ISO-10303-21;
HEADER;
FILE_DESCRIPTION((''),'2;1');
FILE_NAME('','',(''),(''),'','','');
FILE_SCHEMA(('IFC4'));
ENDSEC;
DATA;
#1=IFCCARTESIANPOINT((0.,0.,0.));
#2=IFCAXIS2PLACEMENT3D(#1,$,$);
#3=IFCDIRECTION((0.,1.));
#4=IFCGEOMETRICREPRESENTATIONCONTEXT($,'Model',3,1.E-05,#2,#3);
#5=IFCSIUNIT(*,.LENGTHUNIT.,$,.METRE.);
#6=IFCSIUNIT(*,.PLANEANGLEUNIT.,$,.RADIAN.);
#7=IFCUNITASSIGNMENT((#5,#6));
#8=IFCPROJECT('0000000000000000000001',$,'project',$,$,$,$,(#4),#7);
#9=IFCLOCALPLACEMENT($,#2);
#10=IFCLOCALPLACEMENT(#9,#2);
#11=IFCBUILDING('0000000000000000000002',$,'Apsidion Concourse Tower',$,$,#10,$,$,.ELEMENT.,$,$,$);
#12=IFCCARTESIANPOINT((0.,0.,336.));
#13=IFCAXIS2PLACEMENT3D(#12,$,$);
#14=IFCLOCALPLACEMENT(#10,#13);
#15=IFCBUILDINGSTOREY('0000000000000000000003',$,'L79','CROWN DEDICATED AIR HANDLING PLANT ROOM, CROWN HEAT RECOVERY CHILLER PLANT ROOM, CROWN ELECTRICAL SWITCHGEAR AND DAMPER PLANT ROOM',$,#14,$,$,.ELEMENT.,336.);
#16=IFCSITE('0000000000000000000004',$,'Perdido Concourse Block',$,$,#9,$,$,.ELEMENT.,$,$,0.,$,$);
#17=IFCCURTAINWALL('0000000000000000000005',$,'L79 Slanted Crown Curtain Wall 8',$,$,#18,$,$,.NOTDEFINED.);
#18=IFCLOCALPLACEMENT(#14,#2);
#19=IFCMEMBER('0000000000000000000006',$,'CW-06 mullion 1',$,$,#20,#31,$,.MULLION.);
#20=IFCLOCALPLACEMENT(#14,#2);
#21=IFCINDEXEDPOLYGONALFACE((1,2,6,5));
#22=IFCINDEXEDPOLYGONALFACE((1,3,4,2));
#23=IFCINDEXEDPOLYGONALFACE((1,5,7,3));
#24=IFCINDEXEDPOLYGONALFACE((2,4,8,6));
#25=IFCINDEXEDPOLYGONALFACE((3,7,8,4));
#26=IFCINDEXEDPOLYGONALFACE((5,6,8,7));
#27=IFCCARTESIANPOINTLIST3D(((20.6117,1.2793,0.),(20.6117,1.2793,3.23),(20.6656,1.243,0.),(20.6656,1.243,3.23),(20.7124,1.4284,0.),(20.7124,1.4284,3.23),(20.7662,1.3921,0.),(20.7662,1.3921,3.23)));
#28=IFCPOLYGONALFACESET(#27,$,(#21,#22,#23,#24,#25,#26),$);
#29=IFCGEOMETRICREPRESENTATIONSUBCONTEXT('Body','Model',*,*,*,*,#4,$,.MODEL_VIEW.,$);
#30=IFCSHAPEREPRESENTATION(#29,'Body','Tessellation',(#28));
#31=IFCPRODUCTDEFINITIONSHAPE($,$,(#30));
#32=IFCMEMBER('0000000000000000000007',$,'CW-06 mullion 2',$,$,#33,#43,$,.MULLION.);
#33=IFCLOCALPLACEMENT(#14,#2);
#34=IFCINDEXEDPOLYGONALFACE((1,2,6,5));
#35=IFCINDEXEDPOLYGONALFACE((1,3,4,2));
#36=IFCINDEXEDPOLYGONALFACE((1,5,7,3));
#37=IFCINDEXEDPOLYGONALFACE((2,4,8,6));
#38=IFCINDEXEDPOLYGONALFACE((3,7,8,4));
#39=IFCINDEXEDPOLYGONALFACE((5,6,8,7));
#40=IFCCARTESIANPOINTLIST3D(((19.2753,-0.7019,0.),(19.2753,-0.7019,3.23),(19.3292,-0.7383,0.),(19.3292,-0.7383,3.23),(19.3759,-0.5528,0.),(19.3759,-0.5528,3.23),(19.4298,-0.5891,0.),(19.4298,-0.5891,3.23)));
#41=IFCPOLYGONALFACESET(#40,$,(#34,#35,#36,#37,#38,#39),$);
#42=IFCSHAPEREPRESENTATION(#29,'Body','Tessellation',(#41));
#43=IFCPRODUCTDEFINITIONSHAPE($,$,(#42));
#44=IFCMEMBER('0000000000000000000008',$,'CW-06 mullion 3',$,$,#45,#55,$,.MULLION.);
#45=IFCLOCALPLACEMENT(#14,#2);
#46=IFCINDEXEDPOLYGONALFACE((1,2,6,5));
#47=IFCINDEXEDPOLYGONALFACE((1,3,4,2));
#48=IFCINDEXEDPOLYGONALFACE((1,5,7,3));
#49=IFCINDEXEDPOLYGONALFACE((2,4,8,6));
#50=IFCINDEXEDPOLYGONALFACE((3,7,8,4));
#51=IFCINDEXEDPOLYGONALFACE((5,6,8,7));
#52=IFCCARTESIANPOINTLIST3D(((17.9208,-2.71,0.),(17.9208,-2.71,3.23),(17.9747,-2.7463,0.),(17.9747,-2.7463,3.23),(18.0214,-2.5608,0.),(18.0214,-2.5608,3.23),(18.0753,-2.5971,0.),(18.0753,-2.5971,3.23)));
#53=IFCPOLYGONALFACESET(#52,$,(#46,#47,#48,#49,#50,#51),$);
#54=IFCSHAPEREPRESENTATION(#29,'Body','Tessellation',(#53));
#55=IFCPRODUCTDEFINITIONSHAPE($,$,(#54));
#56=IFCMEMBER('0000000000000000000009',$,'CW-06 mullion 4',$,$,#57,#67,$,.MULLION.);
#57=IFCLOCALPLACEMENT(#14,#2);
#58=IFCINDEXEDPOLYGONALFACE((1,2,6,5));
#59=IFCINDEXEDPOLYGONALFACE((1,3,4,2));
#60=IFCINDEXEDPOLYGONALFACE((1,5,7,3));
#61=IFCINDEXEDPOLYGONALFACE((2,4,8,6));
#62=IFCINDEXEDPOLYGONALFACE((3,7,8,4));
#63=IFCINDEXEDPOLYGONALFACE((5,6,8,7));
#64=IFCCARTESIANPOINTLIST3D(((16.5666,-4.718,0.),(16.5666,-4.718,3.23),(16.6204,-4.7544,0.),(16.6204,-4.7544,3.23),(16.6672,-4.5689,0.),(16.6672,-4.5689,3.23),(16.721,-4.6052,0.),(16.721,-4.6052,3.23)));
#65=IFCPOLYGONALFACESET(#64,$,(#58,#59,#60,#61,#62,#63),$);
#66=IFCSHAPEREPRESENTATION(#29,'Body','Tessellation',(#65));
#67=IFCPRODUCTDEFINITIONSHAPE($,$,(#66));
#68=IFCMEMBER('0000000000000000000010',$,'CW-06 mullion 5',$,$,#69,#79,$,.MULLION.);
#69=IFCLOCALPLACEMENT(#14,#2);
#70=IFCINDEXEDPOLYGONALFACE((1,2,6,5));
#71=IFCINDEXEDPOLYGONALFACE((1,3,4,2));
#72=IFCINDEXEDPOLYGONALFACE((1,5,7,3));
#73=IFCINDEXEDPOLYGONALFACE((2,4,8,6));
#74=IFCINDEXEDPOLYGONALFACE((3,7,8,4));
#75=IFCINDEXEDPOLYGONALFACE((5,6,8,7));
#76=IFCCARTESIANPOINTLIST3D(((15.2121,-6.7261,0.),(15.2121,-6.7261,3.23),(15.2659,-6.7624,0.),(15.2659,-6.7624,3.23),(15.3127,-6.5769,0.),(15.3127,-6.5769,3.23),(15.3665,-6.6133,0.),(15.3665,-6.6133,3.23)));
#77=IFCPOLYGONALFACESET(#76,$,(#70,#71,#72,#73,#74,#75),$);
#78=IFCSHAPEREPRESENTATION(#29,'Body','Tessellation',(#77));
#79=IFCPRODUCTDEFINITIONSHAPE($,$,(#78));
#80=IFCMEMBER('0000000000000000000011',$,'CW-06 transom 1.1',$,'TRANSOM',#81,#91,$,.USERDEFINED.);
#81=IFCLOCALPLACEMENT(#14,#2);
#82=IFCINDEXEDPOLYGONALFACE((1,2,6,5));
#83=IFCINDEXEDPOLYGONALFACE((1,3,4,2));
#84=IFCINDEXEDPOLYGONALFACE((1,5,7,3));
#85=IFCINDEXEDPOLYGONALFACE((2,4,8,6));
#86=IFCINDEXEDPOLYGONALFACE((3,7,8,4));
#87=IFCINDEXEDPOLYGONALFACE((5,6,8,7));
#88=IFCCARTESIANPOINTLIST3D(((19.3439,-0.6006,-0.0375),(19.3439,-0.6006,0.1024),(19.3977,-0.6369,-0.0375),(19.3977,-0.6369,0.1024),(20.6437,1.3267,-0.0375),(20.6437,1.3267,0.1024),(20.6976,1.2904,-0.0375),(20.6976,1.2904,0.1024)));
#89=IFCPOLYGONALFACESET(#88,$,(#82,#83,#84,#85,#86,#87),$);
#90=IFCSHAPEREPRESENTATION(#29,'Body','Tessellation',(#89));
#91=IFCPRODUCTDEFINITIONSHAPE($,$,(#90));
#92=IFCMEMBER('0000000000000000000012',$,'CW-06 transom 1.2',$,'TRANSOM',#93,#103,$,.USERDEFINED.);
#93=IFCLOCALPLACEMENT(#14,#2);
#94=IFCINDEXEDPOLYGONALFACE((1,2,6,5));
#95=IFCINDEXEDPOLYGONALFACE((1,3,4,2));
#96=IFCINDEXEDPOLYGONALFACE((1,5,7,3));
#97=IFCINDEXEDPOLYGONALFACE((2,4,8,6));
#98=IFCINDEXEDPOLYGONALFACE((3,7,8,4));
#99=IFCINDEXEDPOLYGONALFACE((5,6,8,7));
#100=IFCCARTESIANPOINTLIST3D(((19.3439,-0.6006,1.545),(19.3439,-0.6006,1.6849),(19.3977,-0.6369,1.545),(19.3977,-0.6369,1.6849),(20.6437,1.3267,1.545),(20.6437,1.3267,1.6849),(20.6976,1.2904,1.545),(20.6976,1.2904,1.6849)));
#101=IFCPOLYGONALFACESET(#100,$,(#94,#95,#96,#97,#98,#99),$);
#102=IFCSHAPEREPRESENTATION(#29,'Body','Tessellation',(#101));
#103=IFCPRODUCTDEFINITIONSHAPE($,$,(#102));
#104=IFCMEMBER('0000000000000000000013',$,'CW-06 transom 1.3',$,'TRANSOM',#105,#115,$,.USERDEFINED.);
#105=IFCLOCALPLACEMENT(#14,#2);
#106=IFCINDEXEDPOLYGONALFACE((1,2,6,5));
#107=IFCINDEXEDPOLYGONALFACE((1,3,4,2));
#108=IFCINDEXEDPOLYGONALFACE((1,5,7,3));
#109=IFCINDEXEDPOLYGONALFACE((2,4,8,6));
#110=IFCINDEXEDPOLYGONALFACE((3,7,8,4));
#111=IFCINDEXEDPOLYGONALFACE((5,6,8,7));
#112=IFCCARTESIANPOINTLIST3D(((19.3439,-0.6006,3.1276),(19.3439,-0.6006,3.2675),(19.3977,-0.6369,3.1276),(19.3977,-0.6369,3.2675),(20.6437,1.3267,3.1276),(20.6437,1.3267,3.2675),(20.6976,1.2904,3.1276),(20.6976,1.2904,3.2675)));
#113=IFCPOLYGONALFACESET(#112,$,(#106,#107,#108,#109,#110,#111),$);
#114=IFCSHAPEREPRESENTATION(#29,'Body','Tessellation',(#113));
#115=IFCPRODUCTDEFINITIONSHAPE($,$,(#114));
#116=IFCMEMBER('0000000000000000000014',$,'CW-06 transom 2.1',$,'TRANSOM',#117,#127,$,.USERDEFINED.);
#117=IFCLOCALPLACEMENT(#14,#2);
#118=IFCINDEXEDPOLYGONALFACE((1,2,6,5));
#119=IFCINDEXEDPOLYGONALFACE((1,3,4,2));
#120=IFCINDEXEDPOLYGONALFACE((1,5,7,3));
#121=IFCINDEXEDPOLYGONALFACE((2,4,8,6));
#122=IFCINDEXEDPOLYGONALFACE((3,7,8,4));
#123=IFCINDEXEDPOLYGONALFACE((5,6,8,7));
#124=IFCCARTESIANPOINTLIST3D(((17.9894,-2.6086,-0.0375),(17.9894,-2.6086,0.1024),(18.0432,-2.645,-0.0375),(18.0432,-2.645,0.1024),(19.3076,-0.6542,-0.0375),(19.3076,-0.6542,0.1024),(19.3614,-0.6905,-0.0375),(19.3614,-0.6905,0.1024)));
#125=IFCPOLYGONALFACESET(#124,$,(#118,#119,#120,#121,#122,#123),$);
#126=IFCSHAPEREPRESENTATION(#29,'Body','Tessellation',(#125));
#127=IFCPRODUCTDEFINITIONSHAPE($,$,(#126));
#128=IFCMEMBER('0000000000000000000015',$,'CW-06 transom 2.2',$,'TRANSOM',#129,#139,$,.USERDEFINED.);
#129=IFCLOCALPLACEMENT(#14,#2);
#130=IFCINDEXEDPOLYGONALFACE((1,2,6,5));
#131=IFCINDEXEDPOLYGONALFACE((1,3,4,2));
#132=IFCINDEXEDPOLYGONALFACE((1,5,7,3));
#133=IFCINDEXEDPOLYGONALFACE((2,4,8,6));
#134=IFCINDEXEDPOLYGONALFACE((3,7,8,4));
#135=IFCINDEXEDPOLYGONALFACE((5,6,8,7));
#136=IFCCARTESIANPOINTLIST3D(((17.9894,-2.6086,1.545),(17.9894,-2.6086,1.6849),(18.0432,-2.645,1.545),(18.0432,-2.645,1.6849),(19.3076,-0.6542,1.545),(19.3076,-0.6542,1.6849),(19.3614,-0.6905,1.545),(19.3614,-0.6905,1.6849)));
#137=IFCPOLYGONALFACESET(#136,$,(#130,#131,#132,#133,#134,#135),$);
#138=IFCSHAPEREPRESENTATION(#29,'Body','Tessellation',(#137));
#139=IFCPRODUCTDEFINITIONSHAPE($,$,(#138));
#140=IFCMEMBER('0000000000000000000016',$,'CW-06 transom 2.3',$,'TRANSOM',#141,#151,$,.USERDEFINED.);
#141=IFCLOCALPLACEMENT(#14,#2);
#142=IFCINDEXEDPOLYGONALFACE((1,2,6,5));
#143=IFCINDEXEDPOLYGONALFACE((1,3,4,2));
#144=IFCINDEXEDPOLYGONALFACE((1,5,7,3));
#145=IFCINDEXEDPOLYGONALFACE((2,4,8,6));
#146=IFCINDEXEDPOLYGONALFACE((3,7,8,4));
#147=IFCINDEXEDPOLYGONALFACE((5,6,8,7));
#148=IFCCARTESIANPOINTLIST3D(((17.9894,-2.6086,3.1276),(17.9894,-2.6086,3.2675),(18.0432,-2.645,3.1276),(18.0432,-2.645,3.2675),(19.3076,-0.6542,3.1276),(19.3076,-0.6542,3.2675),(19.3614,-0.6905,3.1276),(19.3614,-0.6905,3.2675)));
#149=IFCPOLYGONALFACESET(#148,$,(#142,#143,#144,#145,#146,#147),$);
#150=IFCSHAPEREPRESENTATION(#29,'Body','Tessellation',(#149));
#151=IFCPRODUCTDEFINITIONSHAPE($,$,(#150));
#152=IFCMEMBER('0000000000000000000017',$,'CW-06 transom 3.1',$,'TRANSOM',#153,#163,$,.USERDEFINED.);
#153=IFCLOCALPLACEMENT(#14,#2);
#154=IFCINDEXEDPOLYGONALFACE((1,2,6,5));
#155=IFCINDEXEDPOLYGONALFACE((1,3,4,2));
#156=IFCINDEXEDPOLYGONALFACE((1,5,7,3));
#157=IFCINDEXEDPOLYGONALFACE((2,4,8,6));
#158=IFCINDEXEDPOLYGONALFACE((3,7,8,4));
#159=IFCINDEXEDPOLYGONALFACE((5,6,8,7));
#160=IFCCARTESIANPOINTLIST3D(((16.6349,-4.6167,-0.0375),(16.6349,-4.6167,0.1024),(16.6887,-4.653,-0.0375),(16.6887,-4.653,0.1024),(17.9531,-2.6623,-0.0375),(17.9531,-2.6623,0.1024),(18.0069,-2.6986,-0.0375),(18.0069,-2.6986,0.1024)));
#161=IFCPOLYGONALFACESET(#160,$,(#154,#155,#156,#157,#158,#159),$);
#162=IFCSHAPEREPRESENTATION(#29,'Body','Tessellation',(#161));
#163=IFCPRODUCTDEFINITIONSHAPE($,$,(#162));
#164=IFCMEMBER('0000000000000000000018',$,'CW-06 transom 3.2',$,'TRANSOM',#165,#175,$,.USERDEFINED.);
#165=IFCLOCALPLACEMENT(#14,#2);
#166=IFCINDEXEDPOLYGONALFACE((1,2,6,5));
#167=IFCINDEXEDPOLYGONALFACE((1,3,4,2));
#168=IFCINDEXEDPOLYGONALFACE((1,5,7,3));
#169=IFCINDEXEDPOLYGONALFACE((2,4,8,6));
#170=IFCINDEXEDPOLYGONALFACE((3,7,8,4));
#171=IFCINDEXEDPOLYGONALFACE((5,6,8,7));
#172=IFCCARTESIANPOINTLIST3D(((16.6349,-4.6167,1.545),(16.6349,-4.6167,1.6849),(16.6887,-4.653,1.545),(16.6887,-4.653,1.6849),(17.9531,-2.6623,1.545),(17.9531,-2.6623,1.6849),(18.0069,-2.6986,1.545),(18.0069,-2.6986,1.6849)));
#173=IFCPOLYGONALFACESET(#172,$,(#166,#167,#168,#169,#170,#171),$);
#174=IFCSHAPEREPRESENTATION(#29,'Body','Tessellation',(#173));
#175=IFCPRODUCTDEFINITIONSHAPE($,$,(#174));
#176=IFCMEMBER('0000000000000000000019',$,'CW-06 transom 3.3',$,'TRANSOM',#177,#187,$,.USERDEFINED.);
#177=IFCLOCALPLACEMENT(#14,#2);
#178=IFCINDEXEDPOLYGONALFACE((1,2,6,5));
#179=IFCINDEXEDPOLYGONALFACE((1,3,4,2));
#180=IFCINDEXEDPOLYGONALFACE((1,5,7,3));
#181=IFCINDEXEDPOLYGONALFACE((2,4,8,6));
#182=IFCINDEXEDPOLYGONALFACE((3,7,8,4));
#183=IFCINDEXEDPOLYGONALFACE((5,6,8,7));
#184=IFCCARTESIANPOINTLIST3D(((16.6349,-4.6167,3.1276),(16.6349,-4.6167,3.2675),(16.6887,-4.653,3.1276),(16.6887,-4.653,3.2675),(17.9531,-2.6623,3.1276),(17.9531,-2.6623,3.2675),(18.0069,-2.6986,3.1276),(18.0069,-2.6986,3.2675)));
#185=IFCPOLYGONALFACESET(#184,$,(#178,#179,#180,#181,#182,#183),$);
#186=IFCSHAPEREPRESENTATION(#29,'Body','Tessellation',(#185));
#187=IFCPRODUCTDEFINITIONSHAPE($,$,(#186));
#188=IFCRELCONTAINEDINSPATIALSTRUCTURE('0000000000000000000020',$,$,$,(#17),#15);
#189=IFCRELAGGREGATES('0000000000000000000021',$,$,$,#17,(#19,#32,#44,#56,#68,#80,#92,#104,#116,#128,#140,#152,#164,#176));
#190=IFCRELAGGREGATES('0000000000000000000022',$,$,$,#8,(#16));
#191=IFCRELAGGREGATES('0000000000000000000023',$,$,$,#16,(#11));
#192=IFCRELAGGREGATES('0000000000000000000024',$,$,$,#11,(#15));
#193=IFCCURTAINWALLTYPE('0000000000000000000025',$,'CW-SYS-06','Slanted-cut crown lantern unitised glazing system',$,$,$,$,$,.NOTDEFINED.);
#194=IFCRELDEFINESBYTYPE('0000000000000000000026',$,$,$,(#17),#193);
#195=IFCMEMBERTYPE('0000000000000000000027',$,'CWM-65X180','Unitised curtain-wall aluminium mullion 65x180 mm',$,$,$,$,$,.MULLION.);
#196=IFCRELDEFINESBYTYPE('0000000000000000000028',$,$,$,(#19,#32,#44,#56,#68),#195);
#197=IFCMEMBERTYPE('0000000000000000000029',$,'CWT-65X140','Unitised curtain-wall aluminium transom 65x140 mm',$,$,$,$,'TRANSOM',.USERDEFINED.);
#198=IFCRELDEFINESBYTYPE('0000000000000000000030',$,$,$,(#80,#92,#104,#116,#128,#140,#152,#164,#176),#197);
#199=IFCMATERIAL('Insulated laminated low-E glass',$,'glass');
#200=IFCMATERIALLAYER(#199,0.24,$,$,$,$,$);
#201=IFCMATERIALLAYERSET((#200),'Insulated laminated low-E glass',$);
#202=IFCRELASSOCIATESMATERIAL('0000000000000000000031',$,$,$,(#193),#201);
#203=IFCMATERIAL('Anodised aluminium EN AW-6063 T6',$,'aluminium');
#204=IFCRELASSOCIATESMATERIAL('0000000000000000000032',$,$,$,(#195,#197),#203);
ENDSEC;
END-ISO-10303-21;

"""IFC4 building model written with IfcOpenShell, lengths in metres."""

from ifc_helpers import new_model, si_unit, direction, frame, origin, origin_2d, place, context, subcontext, project, spatial, rectangle, extrude, material, layer, layer_set, material_profile, profile_set, type_object, element, aggregate, save


model = new_model("IFC4")

# Units and contexts
model_context = context("Model", 3, precision=1e-05, world=origin(), true_north=direction((0.0, 1.0)))
body_context = subcontext(model_context, "Body", "Model", "MODEL_VIEW")
ifc_project = project(units=[si_unit("LENGTHUNIT", "METRE"), si_unit("PLANEANGLEUNIT", "RADIAN")], contexts=[model_context])

# Site, building, storey
site_placement = place(None, origin())
site = spatial("IfcSite", under=ifc_project, at=site_placement, Name="Perdido Concourse Block", CompositionType="ELEMENT", RefElevation=0.0)
building_placement = place(site_placement, origin())
building = spatial("IfcBuilding", under=site, at=building_placement, Name="Apsidion Concourse Tower", CompositionType="ELEMENT")
storey_placement = place(building_placement, frame((0.0, 0.0, 336.0)))
storey = spatial("IfcBuildingStorey", under=building, at=storey_placement, Name="L79", Description="CROWN DEDICATED AIR HANDLING PLANT ROOM, CROWN HEAT RECOVERY CHILLER PLANT ROOM, CROWN ELECTRICAL SWITCHGEAR AND DAMPER PLANT ROOM", CompositionType="ELEMENT", Elevation=336.0)

# Curtain wall, members
ifc_material_1 = material(Name="Insulated laminated low-E glass", Category="glass")
ifc_layer_1 = layer(ifc_material_1, 0.24)
ifc_layer_set_1 = layer_set([ifc_layer_1], Name="Insulated laminated low-E glass")
curtain_wall_type = type_object("IfcCurtainWallType", Name="CW-SYS-06", Description="Slanted-cut crown lantern unitised glazing system", PredefinedType="NOTDEFINED", material=ifc_layer_set_1)
curtain_wall_placement = place(storey_placement, origin())
curtain_wall = element("IfcCurtainWall", 1, at=curtain_wall_placement, inside=storey, type_object=curtain_wall_type, Name="L79 Slanted Crown Curtain Wall 8", PredefinedType="NOTDEFINED")
ifc_material_2 = material(Name="Anodised aluminium EN AW-6063 T6", Category="aluminium")
ifc_material_profile_1 = material_profile(ifc_material_2, rectangle(XDim=0.0649, YDim=0.1799, at=origin_2d()), Name="ALU MULLION 65x180")
ifc_profile_set_1 = profile_set([ifc_material_profile_1], Name="Anodised aluminium EN AW-6063 T6")
member_type_1 = type_object("IfcMemberType", Name="CWM-65X180", Description="Unitised curtain-wall aluminium mullion 65x180 mm", PredefinedType="MULLION", material=ifc_profile_set_1)
member_1_placement = place(storey_placement, frame((20.689, 1.3357, 0.0), z_axis=(0.0, 0.0, 1.0), x_axis=(0.829038, -0.559192, 0.0)))
member_1 = element("IfcMember", 2, at=member_1_placement, type_object=member_type_1, Name="CW-06 mullion 1", PredefinedType="MULLION", context=body_context, shape_type="SweptSolid", body=[
    extrude(rectangle(XDim=0.0649, YDim=0.1799, at=origin_2d()), origin(), (0.0, 0.0, 1.0), 3.23),
])
member_2_placement = place(storey_placement, frame((19.3525, -0.6455, 0.0), z_axis=(0.0, 0.0, 1.0), x_axis=(0.829038, -0.559192, 0.0)))
member_2 = element("IfcMember", 3, at=member_2_placement, type_object=member_type_1, Name="CW-06 mullion 2", PredefinedType="MULLION", context=body_context, shape_type="SweptSolid", body=[
    extrude(rectangle(XDim=0.0649, YDim=0.1799, at=origin_2d()), origin(), (0.0, 0.0, 1.0), 3.23),
])
member_3_placement = place(storey_placement, frame((17.998, -2.6536, 0.0), z_axis=(0.0, 0.0, 1.0), x_axis=(0.829038, -0.559192, 0.0)))
member_3 = element("IfcMember", 4, at=member_3_placement, type_object=member_type_1, Name="CW-06 mullion 3", PredefinedType="MULLION", context=body_context, shape_type="SweptSolid", body=[
    extrude(rectangle(XDim=0.0649, YDim=0.1799, at=origin_2d()), origin(), (0.0, 0.0, 1.0), 3.23),
])
member_4_placement = place(storey_placement, frame((16.6438, -4.6616, 0.0), z_axis=(0.0, 0.0, 1.0), x_axis=(0.829038, -0.559192, 0.0)))
member_4 = element("IfcMember", 5, at=member_4_placement, type_object=member_type_1, Name="CW-06 mullion 4", PredefinedType="MULLION", context=body_context, shape_type="SweptSolid", body=[
    extrude(rectangle(XDim=0.0649, YDim=0.1799, at=origin_2d()), origin(), (0.0, 0.0, 1.0), 3.23),
])
member_5_placement = place(storey_placement, frame((15.2893, -6.6697, 0.0), z_axis=(0.0, 0.0, 1.0), x_axis=(0.829038, -0.559192, 0.0)))
member_5 = element("IfcMember", 6, at=member_5_placement, type_object=member_type_1, Name="CW-06 mullion 5", PredefinedType="MULLION", context=body_context, shape_type="SweptSolid", body=[
    extrude(rectangle(XDim=0.0649, YDim=0.1799, at=origin_2d()), origin(), (0.0, 0.0, 1.0), 3.23),
])
ifc_material_profile_2 = material_profile(ifc_material_2, rectangle(XDim=0.0649, YDim=0.1399, at=origin_2d()), Name="ALU TRANSOM 65x140")
ifc_profile_set_2 = profile_set([ifc_material_profile_2], Name="Anodised aluminium EN AW-6063 T6")
member_type_2 = type_object("IfcMemberType", Name="CWT-65X140", Description="Unitised curtain-wall aluminium transom 65x140 mm", ElementType="TRANSOM", PredefinedType="USERDEFINED", material=ifc_profile_set_2)
member_6_placement = place(storey_placement, frame((20.6707, 1.3086, 0.0325), z_axis=(-0.559152, -0.829065, 0.0), x_axis=(0.829065, -0.559152, 0.0)))
member_6 = element("IfcMember", 7, at=member_6_placement, type_object=member_type_2, Name="CW-06 transom 1.1", ObjectType="TRANSOM", PredefinedType="USERDEFINED", context=body_context, shape_type="SweptSolid", body=[
    extrude(rectangle(XDim=0.0649, YDim=0.1399, at=origin_2d()), origin(), (0.0, 0.0, 1.0), 2.3247),
])
member_7_placement = place(storey_placement, frame((20.6707, 1.3086, 1.615), z_axis=(-0.559152, -0.829065, 0.0), x_axis=(0.829065, -0.559152, 0.0)))
member_7 = element("IfcMember", 8, at=member_7_placement, type_object=member_type_2, Name="CW-06 transom 1.2", ObjectType="TRANSOM", PredefinedType="USERDEFINED", context=body_context, shape_type="SweptSolid", body=[
    extrude(rectangle(XDim=0.0649, YDim=0.1399, at=origin_2d()), origin(), (0.0, 0.0, 1.0), 2.3247),
])
member_8_placement = place(storey_placement, frame((20.6707, 1.3086, 3.1975), z_axis=(-0.559152, -0.829065, 0.0), x_axis=(0.829065, -0.559152, 0.0)))
member_8 = element("IfcMember", 9, at=member_8_placement, type_object=member_type_2, Name="CW-06 transom 1.3", ObjectType="TRANSOM", PredefinedType="USERDEFINED", context=body_context, shape_type="SweptSolid", body=[
    extrude(rectangle(XDim=0.0649, YDim=0.1399, at=origin_2d()), origin(), (0.0, 0.0, 1.0), 2.3247),
])
member_9_placement = place(storey_placement, frame((19.3345, -0.6724, 0.0325), z_axis=(-0.559162, -0.829059, 0.0), x_axis=(0.829059, -0.559162, 0.0)))
member_9 = element("IfcMember", 10, at=member_9_placement, type_object=member_type_2, Name="CW-06 transom 2.1", ObjectType="TRANSOM", PredefinedType="USERDEFINED", context=body_context, shape_type="SweptSolid", body=[
    extrude(rectangle(XDim=0.0649, YDim=0.1399, at=origin_2d()), origin(), (0.0, 0.0, 1.0), 2.3574),
])
member_10_placement = place(storey_placement, frame((19.3345, -0.6724, 1.615), z_axis=(-0.559162, -0.829059, 0.0), x_axis=(0.829059, -0.559162, 0.0)))
member_10 = element("IfcMember", 11, at=member_10_placement, type_object=member_type_2, Name="CW-06 transom 2.2", ObjectType="TRANSOM", PredefinedType="USERDEFINED", context=body_context, shape_type="SweptSolid", body=[
    extrude(rectangle(XDim=0.0649, YDim=0.1399, at=origin_2d()), origin(), (0.0, 0.0, 1.0), 2.3574),
])
member_11_placement = place(storey_placement, frame((19.3345, -0.6724, 3.1975), z_axis=(-0.559162, -0.829059, 0.0), x_axis=(0.829059, -0.559162, 0.0)))
member_11 = element("IfcMember", 12, at=member_11_placement, type_object=member_type_2, Name="CW-06 transom 2.3", ObjectType="TRANSOM", PredefinedType="USERDEFINED", context=body_context, shape_type="SweptSolid", body=[
    extrude(rectangle(XDim=0.0649, YDim=0.1399, at=origin_2d()), origin(), (0.0, 0.0, 1.0), 2.3574),
])
member_12_placement = place(storey_placement, frame((17.98, -2.6804, 0.0325), z_axis=(-0.559162, -0.829059, 0.0), x_axis=(0.829059, -0.559162, 0.0)))
member_12 = element("IfcMember", 13, at=member_12_placement, type_object=member_type_2, Name="CW-06 transom 3.1", ObjectType="TRANSOM", PredefinedType="USERDEFINED", context=body_context, shape_type="SweptSolid", body=[
    extrude(rectangle(XDim=0.0649, YDim=0.1399, at=origin_2d()), origin(), (0.0, 0.0, 1.0), 2.3574),
])
member_13_placement = place(storey_placement, frame((17.98, -2.6804, 1.615), z_axis=(-0.559162, -0.829059, 0.0), x_axis=(0.829059, -0.559162, 0.0)))
member_13 = element("IfcMember", 14, at=member_13_placement, type_object=member_type_2, Name="CW-06 transom 3.2", ObjectType="TRANSOM", PredefinedType="USERDEFINED", context=body_context, shape_type="SweptSolid", body=[
    extrude(rectangle(XDim=0.0649, YDim=0.1399, at=origin_2d()), origin(), (0.0, 0.0, 1.0), 2.3574),
])
member_14_placement = place(storey_placement, frame((17.98, -2.6804, 3.1975), z_axis=(-0.559162, -0.829059, 0.0), x_axis=(0.829059, -0.559162, 0.0)))
member_14 = element("IfcMember", 15, at=member_14_placement, type_object=member_type_2, Name="CW-06 transom 3.3", ObjectType="TRANSOM", PredefinedType="USERDEFINED", context=body_context, shape_type="SweptSolid", body=[
    extrude(rectangle(XDim=0.0649, YDim=0.1399, at=origin_2d()), origin(), (0.0, 0.0, 1.0), 2.3574),
])
aggregate(curtain_wall, [member_1, member_2, member_3, member_4, member_5, member_6, member_7, member_8, member_9, member_10, member_11, member_12, member_13, member_14])

save(model, "model.ifc")
